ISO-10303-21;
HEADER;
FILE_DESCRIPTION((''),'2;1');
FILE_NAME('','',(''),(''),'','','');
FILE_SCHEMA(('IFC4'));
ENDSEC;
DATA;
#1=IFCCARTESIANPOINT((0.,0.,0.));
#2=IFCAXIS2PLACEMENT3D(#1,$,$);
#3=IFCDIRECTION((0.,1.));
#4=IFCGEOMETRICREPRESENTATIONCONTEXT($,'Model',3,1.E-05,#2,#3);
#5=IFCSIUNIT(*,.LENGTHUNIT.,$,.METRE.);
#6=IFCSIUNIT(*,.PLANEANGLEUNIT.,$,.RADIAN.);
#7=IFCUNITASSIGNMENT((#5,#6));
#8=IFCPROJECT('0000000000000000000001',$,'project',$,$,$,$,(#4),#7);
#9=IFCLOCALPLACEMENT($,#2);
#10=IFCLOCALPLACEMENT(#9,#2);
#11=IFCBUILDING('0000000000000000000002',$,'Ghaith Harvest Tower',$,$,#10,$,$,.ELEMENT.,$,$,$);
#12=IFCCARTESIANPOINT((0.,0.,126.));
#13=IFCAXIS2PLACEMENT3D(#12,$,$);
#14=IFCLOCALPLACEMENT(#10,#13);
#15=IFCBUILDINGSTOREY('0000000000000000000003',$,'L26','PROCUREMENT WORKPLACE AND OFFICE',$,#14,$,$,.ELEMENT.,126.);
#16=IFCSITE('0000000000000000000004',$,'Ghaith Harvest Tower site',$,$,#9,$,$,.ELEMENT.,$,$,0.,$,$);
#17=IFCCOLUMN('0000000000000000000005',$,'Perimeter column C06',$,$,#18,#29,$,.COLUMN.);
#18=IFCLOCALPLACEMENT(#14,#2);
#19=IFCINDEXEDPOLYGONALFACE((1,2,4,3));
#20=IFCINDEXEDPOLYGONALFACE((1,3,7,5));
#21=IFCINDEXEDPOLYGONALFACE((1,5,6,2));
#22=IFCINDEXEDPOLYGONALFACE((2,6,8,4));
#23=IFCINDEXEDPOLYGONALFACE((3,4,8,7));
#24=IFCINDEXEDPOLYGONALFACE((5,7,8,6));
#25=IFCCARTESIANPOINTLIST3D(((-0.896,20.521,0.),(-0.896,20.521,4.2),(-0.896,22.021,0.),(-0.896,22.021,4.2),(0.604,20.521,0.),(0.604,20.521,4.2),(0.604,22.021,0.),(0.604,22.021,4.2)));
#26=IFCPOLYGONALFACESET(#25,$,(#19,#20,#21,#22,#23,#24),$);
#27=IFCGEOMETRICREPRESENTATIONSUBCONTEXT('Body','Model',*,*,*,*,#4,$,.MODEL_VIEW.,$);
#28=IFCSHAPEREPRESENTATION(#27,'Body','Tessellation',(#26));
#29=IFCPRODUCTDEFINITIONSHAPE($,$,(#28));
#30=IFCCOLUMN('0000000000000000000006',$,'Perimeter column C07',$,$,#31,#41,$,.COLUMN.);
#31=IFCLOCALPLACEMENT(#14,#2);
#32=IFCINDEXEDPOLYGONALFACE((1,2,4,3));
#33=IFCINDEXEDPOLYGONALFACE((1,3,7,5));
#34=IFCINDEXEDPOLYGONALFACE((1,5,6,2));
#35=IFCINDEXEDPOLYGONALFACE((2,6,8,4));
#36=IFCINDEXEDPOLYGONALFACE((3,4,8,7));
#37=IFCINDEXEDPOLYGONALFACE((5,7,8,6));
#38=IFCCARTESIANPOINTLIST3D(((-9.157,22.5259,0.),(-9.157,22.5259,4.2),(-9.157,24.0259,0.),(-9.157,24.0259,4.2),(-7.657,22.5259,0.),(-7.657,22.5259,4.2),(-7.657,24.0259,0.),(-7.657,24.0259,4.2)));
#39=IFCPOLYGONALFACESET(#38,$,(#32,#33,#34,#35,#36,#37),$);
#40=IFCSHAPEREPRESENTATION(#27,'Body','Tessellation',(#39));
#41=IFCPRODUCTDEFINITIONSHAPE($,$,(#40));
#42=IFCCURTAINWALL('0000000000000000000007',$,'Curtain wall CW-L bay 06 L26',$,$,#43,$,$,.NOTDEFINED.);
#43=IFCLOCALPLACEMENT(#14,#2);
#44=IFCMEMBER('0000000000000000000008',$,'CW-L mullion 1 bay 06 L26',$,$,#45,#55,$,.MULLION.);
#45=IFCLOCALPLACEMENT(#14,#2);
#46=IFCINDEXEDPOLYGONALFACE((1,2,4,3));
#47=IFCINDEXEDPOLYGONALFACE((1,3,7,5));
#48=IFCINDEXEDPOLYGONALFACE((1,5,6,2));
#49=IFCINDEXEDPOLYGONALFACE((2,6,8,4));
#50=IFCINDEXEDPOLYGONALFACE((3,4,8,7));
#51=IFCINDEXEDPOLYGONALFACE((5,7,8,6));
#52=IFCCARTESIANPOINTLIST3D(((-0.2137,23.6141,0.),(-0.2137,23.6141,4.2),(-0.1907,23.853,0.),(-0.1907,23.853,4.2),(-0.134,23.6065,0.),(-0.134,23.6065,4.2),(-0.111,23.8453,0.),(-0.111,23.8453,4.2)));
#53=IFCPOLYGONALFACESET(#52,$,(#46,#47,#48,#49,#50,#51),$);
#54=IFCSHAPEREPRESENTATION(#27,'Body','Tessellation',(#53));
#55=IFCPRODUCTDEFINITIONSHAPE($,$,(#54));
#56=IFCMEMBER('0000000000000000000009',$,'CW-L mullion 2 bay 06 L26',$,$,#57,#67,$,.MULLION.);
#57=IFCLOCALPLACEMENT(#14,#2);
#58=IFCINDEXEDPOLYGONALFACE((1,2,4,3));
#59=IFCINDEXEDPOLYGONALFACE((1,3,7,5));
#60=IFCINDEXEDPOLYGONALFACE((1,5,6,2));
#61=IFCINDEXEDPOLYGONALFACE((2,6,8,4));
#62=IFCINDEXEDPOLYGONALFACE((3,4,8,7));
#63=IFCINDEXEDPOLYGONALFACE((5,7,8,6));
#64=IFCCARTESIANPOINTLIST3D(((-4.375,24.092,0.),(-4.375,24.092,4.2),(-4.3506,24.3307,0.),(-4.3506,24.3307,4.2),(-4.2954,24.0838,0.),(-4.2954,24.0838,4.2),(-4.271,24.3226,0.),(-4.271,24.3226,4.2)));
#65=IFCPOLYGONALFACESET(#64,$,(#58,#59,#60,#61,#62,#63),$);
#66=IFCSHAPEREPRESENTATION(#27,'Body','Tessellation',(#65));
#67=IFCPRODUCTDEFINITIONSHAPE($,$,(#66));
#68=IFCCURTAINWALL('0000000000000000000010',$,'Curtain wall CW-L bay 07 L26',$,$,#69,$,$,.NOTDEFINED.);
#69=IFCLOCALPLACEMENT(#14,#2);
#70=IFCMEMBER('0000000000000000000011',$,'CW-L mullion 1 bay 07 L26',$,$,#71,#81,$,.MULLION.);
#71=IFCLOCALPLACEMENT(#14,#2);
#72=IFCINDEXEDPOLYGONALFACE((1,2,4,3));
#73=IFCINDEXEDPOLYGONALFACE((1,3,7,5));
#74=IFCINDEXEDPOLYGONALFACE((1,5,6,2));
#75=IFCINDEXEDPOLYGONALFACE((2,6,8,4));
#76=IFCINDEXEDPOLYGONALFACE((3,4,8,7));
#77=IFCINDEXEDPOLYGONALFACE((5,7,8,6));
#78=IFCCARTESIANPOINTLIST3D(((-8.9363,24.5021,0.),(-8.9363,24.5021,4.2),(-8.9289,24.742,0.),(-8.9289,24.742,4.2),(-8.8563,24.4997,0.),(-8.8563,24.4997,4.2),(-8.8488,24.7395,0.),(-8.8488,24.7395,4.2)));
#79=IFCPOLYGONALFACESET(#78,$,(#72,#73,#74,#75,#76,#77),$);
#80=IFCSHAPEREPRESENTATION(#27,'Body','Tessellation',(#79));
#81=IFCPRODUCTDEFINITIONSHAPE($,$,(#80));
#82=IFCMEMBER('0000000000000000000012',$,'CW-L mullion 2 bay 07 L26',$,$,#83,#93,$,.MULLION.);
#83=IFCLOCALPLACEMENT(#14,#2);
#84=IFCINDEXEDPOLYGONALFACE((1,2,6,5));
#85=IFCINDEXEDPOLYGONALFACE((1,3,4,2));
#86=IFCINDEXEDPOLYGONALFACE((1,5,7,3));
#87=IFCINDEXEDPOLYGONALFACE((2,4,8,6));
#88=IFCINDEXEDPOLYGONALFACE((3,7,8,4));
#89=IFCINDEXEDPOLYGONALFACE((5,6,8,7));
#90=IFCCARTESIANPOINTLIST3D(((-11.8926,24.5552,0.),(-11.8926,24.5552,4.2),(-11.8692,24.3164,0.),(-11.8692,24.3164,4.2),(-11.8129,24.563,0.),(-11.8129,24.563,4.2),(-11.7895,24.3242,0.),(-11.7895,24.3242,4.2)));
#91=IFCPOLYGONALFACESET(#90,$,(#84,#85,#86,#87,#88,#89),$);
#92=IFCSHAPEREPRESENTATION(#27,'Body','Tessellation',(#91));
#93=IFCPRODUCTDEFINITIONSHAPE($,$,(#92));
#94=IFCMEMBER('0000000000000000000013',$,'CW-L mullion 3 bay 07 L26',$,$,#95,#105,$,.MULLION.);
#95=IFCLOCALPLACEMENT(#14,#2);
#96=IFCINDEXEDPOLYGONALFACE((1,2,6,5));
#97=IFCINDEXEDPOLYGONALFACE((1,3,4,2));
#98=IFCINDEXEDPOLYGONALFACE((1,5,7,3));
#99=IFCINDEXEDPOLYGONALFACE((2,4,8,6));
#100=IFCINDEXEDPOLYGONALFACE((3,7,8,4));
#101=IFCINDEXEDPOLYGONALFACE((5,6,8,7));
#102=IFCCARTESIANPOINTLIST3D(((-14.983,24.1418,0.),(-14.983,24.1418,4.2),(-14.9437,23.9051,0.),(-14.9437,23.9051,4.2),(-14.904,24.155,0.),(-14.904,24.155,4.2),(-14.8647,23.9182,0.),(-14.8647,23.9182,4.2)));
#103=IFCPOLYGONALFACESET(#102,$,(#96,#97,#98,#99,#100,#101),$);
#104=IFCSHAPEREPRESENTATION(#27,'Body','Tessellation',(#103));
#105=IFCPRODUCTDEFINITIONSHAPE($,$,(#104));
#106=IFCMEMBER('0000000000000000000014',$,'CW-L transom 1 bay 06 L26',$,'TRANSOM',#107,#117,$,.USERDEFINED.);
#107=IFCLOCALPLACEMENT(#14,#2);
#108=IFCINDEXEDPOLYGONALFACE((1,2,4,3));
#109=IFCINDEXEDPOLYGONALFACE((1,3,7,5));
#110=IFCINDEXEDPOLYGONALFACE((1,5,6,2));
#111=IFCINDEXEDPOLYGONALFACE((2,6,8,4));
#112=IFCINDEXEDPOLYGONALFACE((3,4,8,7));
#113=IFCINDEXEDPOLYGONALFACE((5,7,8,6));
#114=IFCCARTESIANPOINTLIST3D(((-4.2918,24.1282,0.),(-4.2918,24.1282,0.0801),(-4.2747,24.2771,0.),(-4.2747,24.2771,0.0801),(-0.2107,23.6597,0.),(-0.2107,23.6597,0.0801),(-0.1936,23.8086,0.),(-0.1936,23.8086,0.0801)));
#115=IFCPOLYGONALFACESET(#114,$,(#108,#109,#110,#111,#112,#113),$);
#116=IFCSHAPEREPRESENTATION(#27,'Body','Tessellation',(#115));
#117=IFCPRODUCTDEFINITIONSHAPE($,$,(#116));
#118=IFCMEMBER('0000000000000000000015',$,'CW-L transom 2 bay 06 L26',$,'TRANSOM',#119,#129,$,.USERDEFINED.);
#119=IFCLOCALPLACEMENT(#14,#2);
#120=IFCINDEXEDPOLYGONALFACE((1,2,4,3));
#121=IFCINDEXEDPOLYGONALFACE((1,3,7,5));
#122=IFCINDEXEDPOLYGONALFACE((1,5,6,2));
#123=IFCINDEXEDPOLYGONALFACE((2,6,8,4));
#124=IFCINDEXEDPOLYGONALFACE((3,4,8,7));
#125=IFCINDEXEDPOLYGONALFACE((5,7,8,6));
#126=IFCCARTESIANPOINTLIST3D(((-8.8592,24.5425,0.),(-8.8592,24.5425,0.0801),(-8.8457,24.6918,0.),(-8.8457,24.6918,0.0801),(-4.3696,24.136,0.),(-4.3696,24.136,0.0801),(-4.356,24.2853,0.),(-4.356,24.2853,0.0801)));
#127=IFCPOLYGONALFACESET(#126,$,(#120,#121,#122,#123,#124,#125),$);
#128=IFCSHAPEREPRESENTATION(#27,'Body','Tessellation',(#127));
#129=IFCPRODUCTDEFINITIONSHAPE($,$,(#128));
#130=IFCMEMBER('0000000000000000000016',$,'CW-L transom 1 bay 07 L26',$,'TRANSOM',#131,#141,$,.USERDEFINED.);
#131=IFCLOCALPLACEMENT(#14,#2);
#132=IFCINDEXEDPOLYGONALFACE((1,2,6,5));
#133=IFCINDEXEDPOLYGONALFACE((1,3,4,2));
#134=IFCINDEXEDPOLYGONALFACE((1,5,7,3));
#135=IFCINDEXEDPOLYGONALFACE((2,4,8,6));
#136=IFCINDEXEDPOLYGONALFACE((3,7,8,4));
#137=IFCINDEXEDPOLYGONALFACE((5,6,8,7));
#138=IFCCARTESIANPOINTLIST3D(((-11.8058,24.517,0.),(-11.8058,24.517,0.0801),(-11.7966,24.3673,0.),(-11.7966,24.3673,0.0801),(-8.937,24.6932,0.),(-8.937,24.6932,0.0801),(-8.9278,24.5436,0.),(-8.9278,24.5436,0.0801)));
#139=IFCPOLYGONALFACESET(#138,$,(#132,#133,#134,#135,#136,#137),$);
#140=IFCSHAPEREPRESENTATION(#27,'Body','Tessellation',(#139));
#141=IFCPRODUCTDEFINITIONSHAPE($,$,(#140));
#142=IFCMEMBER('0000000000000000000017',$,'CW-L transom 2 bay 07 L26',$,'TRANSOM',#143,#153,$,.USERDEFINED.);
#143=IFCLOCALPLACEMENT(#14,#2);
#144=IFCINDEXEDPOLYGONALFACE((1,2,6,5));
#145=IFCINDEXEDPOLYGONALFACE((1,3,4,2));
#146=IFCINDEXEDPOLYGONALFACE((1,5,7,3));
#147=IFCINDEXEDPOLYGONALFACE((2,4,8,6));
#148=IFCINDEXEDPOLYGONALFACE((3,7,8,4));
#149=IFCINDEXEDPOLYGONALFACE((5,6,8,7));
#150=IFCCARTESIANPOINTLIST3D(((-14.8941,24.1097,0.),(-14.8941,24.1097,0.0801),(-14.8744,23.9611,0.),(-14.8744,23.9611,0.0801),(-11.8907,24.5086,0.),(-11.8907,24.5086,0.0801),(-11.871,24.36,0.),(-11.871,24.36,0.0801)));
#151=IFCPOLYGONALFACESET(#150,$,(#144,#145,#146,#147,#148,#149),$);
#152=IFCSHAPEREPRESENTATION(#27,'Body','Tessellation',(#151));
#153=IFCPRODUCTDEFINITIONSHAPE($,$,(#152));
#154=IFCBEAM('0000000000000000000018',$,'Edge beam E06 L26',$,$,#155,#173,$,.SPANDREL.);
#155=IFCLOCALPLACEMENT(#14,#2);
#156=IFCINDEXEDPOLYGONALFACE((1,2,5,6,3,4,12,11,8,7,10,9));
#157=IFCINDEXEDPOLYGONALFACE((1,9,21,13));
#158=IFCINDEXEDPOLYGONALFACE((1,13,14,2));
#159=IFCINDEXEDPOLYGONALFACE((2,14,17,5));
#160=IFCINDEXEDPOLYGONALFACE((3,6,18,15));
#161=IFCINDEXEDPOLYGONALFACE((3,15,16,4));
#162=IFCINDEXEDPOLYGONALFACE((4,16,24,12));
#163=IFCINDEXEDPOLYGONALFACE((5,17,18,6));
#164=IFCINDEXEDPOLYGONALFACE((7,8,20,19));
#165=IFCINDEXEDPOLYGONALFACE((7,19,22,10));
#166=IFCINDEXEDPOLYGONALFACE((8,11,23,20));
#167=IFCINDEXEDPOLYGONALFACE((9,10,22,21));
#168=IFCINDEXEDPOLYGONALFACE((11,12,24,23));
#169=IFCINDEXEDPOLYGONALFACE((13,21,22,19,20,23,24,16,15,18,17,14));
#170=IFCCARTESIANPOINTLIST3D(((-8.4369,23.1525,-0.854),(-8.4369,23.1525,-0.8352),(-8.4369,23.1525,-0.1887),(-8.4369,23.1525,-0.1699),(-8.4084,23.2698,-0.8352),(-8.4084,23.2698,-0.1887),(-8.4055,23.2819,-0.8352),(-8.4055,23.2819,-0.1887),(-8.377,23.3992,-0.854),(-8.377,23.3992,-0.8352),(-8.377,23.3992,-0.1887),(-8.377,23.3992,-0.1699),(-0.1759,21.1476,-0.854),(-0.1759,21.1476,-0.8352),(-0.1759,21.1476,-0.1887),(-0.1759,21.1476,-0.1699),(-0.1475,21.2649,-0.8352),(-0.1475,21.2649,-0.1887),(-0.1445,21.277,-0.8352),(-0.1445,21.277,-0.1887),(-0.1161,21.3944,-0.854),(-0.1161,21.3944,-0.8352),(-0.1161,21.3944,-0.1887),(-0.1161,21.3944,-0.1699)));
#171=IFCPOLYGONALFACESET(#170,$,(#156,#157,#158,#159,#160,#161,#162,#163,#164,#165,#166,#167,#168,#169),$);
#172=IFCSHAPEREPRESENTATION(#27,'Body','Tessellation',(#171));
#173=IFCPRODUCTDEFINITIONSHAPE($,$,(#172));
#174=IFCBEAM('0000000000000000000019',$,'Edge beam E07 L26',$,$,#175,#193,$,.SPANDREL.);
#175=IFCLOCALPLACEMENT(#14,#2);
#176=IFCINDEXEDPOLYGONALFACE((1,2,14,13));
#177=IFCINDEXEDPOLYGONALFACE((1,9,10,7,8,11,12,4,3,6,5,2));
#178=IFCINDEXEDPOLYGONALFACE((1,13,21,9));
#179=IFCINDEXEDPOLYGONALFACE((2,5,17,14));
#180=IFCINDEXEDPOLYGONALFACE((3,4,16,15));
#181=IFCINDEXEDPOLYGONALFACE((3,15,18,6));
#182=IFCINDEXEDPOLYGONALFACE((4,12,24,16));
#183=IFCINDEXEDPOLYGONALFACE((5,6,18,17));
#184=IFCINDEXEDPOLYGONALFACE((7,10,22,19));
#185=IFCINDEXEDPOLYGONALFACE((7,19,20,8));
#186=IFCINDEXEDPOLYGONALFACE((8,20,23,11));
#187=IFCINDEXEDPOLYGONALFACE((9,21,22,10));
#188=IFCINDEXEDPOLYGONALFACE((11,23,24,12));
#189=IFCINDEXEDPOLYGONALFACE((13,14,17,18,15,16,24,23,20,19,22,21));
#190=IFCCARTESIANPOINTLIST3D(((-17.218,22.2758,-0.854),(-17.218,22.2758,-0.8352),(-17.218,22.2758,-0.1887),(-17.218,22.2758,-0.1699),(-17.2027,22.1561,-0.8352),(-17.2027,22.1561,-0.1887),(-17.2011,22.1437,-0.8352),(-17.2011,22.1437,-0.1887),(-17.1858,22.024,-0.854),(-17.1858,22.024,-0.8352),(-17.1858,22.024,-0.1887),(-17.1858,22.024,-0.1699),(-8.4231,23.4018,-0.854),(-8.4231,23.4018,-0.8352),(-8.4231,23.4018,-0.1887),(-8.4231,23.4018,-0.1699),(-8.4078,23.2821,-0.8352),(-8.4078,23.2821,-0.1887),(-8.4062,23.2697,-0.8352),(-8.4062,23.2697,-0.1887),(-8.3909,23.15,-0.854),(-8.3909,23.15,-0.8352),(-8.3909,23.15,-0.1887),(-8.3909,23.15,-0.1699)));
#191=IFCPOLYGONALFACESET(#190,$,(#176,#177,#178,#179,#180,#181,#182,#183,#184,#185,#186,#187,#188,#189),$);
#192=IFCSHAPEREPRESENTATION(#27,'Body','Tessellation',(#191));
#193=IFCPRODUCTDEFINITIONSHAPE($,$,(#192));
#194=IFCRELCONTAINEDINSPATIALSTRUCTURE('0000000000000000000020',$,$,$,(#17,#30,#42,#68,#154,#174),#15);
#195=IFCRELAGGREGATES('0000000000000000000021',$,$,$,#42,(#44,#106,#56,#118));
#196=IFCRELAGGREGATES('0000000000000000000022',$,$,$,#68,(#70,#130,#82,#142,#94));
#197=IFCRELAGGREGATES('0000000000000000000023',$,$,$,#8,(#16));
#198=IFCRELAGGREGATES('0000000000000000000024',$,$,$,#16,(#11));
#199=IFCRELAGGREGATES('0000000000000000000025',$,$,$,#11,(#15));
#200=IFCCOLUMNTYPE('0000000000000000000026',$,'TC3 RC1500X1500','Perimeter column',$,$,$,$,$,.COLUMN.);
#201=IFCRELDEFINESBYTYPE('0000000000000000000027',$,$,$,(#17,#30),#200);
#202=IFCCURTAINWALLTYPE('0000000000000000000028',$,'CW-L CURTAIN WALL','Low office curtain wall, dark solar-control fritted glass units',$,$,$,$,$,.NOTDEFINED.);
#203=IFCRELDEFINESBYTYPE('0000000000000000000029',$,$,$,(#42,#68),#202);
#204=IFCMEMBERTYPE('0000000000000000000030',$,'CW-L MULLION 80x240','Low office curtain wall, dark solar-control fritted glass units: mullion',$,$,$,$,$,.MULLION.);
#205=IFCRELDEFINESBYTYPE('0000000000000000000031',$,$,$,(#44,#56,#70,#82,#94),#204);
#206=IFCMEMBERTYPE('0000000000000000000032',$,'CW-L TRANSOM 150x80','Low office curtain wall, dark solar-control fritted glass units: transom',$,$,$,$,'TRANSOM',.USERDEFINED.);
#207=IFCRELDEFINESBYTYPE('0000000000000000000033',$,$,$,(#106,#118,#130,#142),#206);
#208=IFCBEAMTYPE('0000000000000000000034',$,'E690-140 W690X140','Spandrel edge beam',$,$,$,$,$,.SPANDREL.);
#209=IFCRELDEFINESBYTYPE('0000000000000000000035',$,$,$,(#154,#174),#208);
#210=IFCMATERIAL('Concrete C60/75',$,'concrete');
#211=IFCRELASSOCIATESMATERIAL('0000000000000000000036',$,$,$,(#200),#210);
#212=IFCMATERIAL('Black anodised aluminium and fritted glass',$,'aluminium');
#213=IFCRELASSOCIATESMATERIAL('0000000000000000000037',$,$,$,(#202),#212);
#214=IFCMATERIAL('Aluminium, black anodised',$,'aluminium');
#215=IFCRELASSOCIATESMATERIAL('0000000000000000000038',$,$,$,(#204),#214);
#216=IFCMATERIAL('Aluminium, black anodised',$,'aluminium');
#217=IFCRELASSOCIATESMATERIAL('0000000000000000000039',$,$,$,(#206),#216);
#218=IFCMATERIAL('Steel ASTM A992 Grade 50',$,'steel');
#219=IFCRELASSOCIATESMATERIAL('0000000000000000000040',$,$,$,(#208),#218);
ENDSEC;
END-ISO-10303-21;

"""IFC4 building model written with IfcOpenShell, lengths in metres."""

from ifc_helpers import new_model, si_unit, direction, frame, origin, origin_2d, place, context, subcontext, project, spatial, rectangle, i_section, extrude, material, material_profile, profile_set, type_object, element, aggregate, save


model = new_model("IFC4")

# Units and contexts
model_context = context("Model", 3, precision=1e-05, world=origin(), true_north=direction((0.0, 1.0)))
body_context = subcontext(model_context, "Body", "Model", "MODEL_VIEW")
ifc_project = project(units=[si_unit("LENGTHUNIT", "METRE"), si_unit("PLANEANGLEUNIT", "RADIAN")], contexts=[model_context])

# Site, building, storey
site_placement = place(None, origin())
site = spatial("IfcSite", under=ifc_project, at=site_placement, Name="Ghaith Harvest Tower site", CompositionType="ELEMENT", RefElevation=0.0)
building_placement = place(site_placement, origin())
building = spatial("IfcBuilding", under=site, at=building_placement, Name="Ghaith Harvest Tower", CompositionType="ELEMENT")
storey_placement = place(building_placement, frame((0.0, 0.0, 126.0)))
storey = spatial("IfcBuildingStorey", under=building, at=storey_placement, Name="L26", Description="PROCUREMENT WORKPLACE AND OFFICE", CompositionType="ELEMENT", Elevation=126.0)

# Columns
ifc_material_1 = material(Name="Concrete C60/75", Category="concrete")
ifc_material_profile_1 = material_profile(ifc_material_1, rectangle(XDim=1.5, YDim=1.5, at=origin_2d()), Name="RC1500X1500")
ifc_profile_set_1 = profile_set([ifc_material_profile_1], Name="Concrete C60/75")
column_type = type_object("IfcColumnType", Name="TC3 RC1500X1500", Description="Perimeter column", PredefinedType="COLUMN", material=ifc_profile_set_1)
for number, where, z_axis, x_axis, name in (
    (1, (-0.146, 21.271, 0.0), (0.0, 0.0, 1.0), (1.0, 0.0, 0.0), "Perimeter column C06"),
    (2, (-8.407, 23.2759, 0.0), (0.0, 0.0, 1.0), (1.0, 0.0, 0.0), "Perimeter column C07"),
):
    element("IfcColumn", number, at=place(storey_placement, frame(where, z_axis=z_axis, x_axis=x_axis)), inside=storey, type_object=column_type, Name=name, PredefinedType="COLUMN", context=body_context, shape_type="SweptSolid", body=[
        extrude(rectangle(XDim=1.5, YDim=1.5, at=origin_2d()), origin(), (0.0, 0.0, 1.0), 4.2),
    ])

# Curtain walls, members
ifc_material_2 = material(Name="Black anodised aluminium and fritted glass", Category="aluminium")
curtain_wall_type = type_object("IfcCurtainWallType", Name="CW-L CURTAIN WALL", Description="Low office curtain wall, dark solar-control fritted glass units", PredefinedType="NOTDEFINED", material=ifc_material_2)
curtain_wall_1_placement = place(storey_placement, origin())
curtain_wall_1 = element("IfcCurtainWall", 3, at=curtain_wall_1_placement, inside=storey, type_object=curtain_wall_type, Name="Curtain wall CW-L bay 06 L26", PredefinedType="NOTDEFINED")
ifc_material_3 = material(Name="Aluminium, black anodised", Category="aluminium")
ifc_material_profile_2 = material_profile(ifc_material_3, rectangle(XDim=0.0801, YDim=0.24, at=origin_2d()), Name="CW-L MULLION 80x240")
ifc_profile_set_2 = profile_set([ifc_material_profile_2], Name="Aluminium, black anodised")
member_type_1 = type_object("IfcMemberType", Name="CW-L MULLION 80x240", Description="Low office curtain wall, dark solar-control fritted glass units: mullion", PredefinedType="MULLION", material=ifc_profile_set_2)
member_1_placement = place(storey_placement, frame((-0.1624, 23.7297, 0.0), z_axis=(0.0, 0.0, 1.0), x_axis=(-0.995388, 0.09593, 0.0)))
member_1 = element("IfcMember", 4, at=member_1_placement, type_object=member_type_1, Name="CW-L mullion 1 bay 06 L26", PredefinedType="MULLION", context=body_context, shape_type="SweptSolid", body=[
    extrude(rectangle(XDim=0.0801, YDim=0.24, at=origin_2d()), origin(), (0.0, 0.0, 1.0), 4.2),
])
member_2_placement = place(storey_placement, frame((-4.323, 24.2073, 0.0), z_axis=(0.0, 0.0, 1.0), x_axis=(-0.99483, 0.101551, 0.0)))
member_2 = element("IfcMember", 5, at=member_2_placement, type_object=member_type_1, Name="CW-L mullion 2 bay 06 L26", PredefinedType="MULLION", context=body_context, shape_type="SweptSolid", body=[
    extrude(rectangle(XDim=0.0801, YDim=0.24, at=origin_2d()), origin(), (0.0, 0.0, 1.0), 4.2),
])
curtain_wall_2_placement = place(storey_placement, origin())
curtain_wall_2 = element("IfcCurtainWall", 6, at=curtain_wall_2_placement, inside=storey, type_object=curtain_wall_type, Name="Curtain wall CW-L bay 07 L26", PredefinedType="NOTDEFINED")
member_3_placement = place(storey_placement, frame((-8.8926, 24.6208, 0.0), z_axis=(0.0, 0.0, 1.0), x_axis=(-0.999522, 0.030909, 0.0)))
member_3 = element("IfcMember", 7, at=member_3_placement, type_object=member_type_1, Name="CW-L mullion 1 bay 07 L26", PredefinedType="MULLION", context=body_context, shape_type="SweptSolid", body=[
    extrude(rectangle(XDim=0.0801, YDim=0.24, at=origin_2d()), origin(), (0.0, 0.0, 1.0), 4.2),
])
member_4_placement = place(storey_placement, frame((-11.8411, 24.4397, 0.0), z_axis=(0.0, 0.0, 1.0), x_axis=(-0.995238, -0.09748, 0.0)))
member_4 = element("IfcMember", 8, at=member_4_placement, type_object=member_type_1, Name="CW-L mullion 2 bay 07 L26", PredefinedType="MULLION", context=body_context, shape_type="SweptSolid", body=[
    extrude(rectangle(XDim=0.0801, YDim=0.24, at=origin_2d()), origin(), (0.0, 0.0, 1.0), 4.2),
])
member_5_placement = place(storey_placement, frame((-14.9238, 24.03, 0.0), z_axis=(0.0, 0.0, 1.0), x_axis=(-0.986495, -0.163794, 0.0)))
member_5 = element("IfcMember", 9, at=member_5_placement, type_object=member_type_1, Name="CW-L mullion 3 bay 07 L26", PredefinedType="MULLION", context=body_context, shape_type="SweptSolid", body=[
    extrude(rectangle(XDim=0.0801, YDim=0.24, at=origin_2d()), origin(), (0.0, 0.0, 1.0), 4.2),
])

# Members
ifc_material_4 = material(Name="Aluminium, black anodised", Category="aluminium")
ifc_material_profile_3 = material_profile(ifc_material_4, rectangle(XDim=0.1499, YDim=0.0801, at=origin_2d()), Name="CW-L TRANSOM 150x80")
ifc_profile_set_3 = profile_set([ifc_material_profile_3], Name="Aluminium, black anodised")
member_type_2 = type_object("IfcMemberType", Name="CW-L TRANSOM 150x80", Description="Low office curtain wall, dark solar-control fritted glass units: transom", ElementType="TRANSOM", PredefinedType="USERDEFINED", material=ifc_profile_set_3)
member_6_placement = place(storey_placement, frame((-0.2021, 23.7341, 0.04), z_axis=(-0.993475, 0.114051, 0.0), x_axis=(-0.114051, -0.993475, 0.0)))
member_6 = element("IfcMember", 10, at=member_6_placement, type_object=member_type_2, Name="CW-L transom 1 bay 06 L26", ObjectType="TRANSOM", PredefinedType="USERDEFINED", context=body_context, shape_type="SweptSolid", body=[
    extrude(rectangle(XDim=0.1499, YDim=0.0801, at=origin_2d()), origin(), (0.0, 0.0, 1.0), 4.1079),
])
member_7_placement = place(storey_placement, frame((-4.3628, 24.2107, 0.04), z_axis=(-0.995926, 0.09017, 0.0), x_axis=(-0.09017, -0.995926, 0.0)))
member_7 = element("IfcMember", 11, at=member_7_placement, type_object=member_type_2, Name="CW-L transom 2 bay 06 L26", ObjectType="TRANSOM", PredefinedType="USERDEFINED", context=body_context, shape_type="SweptSolid", body=[
    extrude(rectangle(XDim=0.1499, YDim=0.0801, at=origin_2d()), origin(), (0.0, 0.0, 1.0), 4.5081),
])
member_8_placement = place(storey_placement, frame((-8.9324, 24.6184, 0.04), z_axis=(-0.998118, -0.061326, 0.0), x_axis=(0.061326, -0.998118, 0.0)))
member_8 = element("IfcMember", 12, at=member_8_placement, type_object=member_type_2, Name="CW-L transom 1 bay 07 L26", ObjectType="TRANSOM", PredefinedType="USERDEFINED", context=body_context, shape_type="SweptSolid", body=[
    extrude(rectangle(XDim=0.1499, YDim=0.0801, at=origin_2d()), origin(), (0.0, 0.0, 1.0), 2.8743),
])
member_9_placement = place(storey_placement, frame((-11.8809, 24.4343, 0.04), z_axis=(-0.991294, -0.131668, 0.0), x_axis=(0.131668, -0.991294, 0.0)))
member_9 = element("IfcMember", 13, at=member_9_placement, type_object=member_type_2, Name="CW-L transom 2 bay 07 L26", ObjectType="TRANSOM", PredefinedType="USERDEFINED", context=body_context, shape_type="SweptSolid", body=[
    extrude(rectangle(XDim=0.1499, YDim=0.0801, at=origin_2d()), origin(), (0.0, 0.0, 1.0), 3.0298),
])

# Beams
ifc_material_5 = material(Name="Steel ASTM A992 Grade 50", Category="steel")
ifc_material_profile_4 = material_profile(ifc_material_5, i_section(OverallWidth=0.2539, OverallDepth=0.6841, WebThickness=0.0125, FlangeThickness=0.0188, at=origin_2d()), Name="W690X140")
ifc_profile_set_4 = profile_set([ifc_material_profile_4], Name="Steel ASTM A992 Grade 50")
beam_type_1 = type_object("IfcBeamType", Name="E690-140 W690X140", Description="Spandrel edge beam", PredefinedType="SPANDREL", material=ifc_profile_set_4)
beam_1_placement = place(storey_placement, frame((-0.146, 21.271, -0.512), z_axis=(-0.97179, 0.235847, 0.0), x_axis=(-0.235847, -0.97179, 0.0)))
element("IfcBeam", 14, at=beam_1_placement, inside=storey, type_object=beam_type_1, Name="Edge beam E06 L26", PredefinedType="SPANDREL", context=body_context, shape_type="SweptSolid", body=[
    extrude(i_section(OverallWidth=0.2539, OverallDepth=0.6841, WebThickness=0.0125, FlangeThickness=0.0188, at=origin_2d()), origin(), (0.0, 0.0, 1.0), 8.5007),
])
beam_2_placement = place(storey_placement, frame((-8.407, 23.2759, -0.512), z_axis=(-0.991904, -0.126989, 0.0), x_axis=(0.126989, -0.991904, 0.0)))
element("IfcBeam", 15, at=beam_2_placement, inside=storey, type_object=beam_type_1, Name="Edge beam E07 L26", PredefinedType="SPANDREL", context=body_context, shape_type="SweptSolid", body=[
    extrude(i_section(OverallWidth=0.2539, OverallDepth=0.6841, WebThickness=0.0125, FlangeThickness=0.0188, at=origin_2d()), origin(), (0.0, 0.0, 1.0), 8.8667),
])

aggregate(curtain_wall_1, [member_1, member_6, member_2, member_7])
aggregate(curtain_wall_2, [member_3, member_8, member_4, member_9, member_5])

save(model, "model.ifc")
